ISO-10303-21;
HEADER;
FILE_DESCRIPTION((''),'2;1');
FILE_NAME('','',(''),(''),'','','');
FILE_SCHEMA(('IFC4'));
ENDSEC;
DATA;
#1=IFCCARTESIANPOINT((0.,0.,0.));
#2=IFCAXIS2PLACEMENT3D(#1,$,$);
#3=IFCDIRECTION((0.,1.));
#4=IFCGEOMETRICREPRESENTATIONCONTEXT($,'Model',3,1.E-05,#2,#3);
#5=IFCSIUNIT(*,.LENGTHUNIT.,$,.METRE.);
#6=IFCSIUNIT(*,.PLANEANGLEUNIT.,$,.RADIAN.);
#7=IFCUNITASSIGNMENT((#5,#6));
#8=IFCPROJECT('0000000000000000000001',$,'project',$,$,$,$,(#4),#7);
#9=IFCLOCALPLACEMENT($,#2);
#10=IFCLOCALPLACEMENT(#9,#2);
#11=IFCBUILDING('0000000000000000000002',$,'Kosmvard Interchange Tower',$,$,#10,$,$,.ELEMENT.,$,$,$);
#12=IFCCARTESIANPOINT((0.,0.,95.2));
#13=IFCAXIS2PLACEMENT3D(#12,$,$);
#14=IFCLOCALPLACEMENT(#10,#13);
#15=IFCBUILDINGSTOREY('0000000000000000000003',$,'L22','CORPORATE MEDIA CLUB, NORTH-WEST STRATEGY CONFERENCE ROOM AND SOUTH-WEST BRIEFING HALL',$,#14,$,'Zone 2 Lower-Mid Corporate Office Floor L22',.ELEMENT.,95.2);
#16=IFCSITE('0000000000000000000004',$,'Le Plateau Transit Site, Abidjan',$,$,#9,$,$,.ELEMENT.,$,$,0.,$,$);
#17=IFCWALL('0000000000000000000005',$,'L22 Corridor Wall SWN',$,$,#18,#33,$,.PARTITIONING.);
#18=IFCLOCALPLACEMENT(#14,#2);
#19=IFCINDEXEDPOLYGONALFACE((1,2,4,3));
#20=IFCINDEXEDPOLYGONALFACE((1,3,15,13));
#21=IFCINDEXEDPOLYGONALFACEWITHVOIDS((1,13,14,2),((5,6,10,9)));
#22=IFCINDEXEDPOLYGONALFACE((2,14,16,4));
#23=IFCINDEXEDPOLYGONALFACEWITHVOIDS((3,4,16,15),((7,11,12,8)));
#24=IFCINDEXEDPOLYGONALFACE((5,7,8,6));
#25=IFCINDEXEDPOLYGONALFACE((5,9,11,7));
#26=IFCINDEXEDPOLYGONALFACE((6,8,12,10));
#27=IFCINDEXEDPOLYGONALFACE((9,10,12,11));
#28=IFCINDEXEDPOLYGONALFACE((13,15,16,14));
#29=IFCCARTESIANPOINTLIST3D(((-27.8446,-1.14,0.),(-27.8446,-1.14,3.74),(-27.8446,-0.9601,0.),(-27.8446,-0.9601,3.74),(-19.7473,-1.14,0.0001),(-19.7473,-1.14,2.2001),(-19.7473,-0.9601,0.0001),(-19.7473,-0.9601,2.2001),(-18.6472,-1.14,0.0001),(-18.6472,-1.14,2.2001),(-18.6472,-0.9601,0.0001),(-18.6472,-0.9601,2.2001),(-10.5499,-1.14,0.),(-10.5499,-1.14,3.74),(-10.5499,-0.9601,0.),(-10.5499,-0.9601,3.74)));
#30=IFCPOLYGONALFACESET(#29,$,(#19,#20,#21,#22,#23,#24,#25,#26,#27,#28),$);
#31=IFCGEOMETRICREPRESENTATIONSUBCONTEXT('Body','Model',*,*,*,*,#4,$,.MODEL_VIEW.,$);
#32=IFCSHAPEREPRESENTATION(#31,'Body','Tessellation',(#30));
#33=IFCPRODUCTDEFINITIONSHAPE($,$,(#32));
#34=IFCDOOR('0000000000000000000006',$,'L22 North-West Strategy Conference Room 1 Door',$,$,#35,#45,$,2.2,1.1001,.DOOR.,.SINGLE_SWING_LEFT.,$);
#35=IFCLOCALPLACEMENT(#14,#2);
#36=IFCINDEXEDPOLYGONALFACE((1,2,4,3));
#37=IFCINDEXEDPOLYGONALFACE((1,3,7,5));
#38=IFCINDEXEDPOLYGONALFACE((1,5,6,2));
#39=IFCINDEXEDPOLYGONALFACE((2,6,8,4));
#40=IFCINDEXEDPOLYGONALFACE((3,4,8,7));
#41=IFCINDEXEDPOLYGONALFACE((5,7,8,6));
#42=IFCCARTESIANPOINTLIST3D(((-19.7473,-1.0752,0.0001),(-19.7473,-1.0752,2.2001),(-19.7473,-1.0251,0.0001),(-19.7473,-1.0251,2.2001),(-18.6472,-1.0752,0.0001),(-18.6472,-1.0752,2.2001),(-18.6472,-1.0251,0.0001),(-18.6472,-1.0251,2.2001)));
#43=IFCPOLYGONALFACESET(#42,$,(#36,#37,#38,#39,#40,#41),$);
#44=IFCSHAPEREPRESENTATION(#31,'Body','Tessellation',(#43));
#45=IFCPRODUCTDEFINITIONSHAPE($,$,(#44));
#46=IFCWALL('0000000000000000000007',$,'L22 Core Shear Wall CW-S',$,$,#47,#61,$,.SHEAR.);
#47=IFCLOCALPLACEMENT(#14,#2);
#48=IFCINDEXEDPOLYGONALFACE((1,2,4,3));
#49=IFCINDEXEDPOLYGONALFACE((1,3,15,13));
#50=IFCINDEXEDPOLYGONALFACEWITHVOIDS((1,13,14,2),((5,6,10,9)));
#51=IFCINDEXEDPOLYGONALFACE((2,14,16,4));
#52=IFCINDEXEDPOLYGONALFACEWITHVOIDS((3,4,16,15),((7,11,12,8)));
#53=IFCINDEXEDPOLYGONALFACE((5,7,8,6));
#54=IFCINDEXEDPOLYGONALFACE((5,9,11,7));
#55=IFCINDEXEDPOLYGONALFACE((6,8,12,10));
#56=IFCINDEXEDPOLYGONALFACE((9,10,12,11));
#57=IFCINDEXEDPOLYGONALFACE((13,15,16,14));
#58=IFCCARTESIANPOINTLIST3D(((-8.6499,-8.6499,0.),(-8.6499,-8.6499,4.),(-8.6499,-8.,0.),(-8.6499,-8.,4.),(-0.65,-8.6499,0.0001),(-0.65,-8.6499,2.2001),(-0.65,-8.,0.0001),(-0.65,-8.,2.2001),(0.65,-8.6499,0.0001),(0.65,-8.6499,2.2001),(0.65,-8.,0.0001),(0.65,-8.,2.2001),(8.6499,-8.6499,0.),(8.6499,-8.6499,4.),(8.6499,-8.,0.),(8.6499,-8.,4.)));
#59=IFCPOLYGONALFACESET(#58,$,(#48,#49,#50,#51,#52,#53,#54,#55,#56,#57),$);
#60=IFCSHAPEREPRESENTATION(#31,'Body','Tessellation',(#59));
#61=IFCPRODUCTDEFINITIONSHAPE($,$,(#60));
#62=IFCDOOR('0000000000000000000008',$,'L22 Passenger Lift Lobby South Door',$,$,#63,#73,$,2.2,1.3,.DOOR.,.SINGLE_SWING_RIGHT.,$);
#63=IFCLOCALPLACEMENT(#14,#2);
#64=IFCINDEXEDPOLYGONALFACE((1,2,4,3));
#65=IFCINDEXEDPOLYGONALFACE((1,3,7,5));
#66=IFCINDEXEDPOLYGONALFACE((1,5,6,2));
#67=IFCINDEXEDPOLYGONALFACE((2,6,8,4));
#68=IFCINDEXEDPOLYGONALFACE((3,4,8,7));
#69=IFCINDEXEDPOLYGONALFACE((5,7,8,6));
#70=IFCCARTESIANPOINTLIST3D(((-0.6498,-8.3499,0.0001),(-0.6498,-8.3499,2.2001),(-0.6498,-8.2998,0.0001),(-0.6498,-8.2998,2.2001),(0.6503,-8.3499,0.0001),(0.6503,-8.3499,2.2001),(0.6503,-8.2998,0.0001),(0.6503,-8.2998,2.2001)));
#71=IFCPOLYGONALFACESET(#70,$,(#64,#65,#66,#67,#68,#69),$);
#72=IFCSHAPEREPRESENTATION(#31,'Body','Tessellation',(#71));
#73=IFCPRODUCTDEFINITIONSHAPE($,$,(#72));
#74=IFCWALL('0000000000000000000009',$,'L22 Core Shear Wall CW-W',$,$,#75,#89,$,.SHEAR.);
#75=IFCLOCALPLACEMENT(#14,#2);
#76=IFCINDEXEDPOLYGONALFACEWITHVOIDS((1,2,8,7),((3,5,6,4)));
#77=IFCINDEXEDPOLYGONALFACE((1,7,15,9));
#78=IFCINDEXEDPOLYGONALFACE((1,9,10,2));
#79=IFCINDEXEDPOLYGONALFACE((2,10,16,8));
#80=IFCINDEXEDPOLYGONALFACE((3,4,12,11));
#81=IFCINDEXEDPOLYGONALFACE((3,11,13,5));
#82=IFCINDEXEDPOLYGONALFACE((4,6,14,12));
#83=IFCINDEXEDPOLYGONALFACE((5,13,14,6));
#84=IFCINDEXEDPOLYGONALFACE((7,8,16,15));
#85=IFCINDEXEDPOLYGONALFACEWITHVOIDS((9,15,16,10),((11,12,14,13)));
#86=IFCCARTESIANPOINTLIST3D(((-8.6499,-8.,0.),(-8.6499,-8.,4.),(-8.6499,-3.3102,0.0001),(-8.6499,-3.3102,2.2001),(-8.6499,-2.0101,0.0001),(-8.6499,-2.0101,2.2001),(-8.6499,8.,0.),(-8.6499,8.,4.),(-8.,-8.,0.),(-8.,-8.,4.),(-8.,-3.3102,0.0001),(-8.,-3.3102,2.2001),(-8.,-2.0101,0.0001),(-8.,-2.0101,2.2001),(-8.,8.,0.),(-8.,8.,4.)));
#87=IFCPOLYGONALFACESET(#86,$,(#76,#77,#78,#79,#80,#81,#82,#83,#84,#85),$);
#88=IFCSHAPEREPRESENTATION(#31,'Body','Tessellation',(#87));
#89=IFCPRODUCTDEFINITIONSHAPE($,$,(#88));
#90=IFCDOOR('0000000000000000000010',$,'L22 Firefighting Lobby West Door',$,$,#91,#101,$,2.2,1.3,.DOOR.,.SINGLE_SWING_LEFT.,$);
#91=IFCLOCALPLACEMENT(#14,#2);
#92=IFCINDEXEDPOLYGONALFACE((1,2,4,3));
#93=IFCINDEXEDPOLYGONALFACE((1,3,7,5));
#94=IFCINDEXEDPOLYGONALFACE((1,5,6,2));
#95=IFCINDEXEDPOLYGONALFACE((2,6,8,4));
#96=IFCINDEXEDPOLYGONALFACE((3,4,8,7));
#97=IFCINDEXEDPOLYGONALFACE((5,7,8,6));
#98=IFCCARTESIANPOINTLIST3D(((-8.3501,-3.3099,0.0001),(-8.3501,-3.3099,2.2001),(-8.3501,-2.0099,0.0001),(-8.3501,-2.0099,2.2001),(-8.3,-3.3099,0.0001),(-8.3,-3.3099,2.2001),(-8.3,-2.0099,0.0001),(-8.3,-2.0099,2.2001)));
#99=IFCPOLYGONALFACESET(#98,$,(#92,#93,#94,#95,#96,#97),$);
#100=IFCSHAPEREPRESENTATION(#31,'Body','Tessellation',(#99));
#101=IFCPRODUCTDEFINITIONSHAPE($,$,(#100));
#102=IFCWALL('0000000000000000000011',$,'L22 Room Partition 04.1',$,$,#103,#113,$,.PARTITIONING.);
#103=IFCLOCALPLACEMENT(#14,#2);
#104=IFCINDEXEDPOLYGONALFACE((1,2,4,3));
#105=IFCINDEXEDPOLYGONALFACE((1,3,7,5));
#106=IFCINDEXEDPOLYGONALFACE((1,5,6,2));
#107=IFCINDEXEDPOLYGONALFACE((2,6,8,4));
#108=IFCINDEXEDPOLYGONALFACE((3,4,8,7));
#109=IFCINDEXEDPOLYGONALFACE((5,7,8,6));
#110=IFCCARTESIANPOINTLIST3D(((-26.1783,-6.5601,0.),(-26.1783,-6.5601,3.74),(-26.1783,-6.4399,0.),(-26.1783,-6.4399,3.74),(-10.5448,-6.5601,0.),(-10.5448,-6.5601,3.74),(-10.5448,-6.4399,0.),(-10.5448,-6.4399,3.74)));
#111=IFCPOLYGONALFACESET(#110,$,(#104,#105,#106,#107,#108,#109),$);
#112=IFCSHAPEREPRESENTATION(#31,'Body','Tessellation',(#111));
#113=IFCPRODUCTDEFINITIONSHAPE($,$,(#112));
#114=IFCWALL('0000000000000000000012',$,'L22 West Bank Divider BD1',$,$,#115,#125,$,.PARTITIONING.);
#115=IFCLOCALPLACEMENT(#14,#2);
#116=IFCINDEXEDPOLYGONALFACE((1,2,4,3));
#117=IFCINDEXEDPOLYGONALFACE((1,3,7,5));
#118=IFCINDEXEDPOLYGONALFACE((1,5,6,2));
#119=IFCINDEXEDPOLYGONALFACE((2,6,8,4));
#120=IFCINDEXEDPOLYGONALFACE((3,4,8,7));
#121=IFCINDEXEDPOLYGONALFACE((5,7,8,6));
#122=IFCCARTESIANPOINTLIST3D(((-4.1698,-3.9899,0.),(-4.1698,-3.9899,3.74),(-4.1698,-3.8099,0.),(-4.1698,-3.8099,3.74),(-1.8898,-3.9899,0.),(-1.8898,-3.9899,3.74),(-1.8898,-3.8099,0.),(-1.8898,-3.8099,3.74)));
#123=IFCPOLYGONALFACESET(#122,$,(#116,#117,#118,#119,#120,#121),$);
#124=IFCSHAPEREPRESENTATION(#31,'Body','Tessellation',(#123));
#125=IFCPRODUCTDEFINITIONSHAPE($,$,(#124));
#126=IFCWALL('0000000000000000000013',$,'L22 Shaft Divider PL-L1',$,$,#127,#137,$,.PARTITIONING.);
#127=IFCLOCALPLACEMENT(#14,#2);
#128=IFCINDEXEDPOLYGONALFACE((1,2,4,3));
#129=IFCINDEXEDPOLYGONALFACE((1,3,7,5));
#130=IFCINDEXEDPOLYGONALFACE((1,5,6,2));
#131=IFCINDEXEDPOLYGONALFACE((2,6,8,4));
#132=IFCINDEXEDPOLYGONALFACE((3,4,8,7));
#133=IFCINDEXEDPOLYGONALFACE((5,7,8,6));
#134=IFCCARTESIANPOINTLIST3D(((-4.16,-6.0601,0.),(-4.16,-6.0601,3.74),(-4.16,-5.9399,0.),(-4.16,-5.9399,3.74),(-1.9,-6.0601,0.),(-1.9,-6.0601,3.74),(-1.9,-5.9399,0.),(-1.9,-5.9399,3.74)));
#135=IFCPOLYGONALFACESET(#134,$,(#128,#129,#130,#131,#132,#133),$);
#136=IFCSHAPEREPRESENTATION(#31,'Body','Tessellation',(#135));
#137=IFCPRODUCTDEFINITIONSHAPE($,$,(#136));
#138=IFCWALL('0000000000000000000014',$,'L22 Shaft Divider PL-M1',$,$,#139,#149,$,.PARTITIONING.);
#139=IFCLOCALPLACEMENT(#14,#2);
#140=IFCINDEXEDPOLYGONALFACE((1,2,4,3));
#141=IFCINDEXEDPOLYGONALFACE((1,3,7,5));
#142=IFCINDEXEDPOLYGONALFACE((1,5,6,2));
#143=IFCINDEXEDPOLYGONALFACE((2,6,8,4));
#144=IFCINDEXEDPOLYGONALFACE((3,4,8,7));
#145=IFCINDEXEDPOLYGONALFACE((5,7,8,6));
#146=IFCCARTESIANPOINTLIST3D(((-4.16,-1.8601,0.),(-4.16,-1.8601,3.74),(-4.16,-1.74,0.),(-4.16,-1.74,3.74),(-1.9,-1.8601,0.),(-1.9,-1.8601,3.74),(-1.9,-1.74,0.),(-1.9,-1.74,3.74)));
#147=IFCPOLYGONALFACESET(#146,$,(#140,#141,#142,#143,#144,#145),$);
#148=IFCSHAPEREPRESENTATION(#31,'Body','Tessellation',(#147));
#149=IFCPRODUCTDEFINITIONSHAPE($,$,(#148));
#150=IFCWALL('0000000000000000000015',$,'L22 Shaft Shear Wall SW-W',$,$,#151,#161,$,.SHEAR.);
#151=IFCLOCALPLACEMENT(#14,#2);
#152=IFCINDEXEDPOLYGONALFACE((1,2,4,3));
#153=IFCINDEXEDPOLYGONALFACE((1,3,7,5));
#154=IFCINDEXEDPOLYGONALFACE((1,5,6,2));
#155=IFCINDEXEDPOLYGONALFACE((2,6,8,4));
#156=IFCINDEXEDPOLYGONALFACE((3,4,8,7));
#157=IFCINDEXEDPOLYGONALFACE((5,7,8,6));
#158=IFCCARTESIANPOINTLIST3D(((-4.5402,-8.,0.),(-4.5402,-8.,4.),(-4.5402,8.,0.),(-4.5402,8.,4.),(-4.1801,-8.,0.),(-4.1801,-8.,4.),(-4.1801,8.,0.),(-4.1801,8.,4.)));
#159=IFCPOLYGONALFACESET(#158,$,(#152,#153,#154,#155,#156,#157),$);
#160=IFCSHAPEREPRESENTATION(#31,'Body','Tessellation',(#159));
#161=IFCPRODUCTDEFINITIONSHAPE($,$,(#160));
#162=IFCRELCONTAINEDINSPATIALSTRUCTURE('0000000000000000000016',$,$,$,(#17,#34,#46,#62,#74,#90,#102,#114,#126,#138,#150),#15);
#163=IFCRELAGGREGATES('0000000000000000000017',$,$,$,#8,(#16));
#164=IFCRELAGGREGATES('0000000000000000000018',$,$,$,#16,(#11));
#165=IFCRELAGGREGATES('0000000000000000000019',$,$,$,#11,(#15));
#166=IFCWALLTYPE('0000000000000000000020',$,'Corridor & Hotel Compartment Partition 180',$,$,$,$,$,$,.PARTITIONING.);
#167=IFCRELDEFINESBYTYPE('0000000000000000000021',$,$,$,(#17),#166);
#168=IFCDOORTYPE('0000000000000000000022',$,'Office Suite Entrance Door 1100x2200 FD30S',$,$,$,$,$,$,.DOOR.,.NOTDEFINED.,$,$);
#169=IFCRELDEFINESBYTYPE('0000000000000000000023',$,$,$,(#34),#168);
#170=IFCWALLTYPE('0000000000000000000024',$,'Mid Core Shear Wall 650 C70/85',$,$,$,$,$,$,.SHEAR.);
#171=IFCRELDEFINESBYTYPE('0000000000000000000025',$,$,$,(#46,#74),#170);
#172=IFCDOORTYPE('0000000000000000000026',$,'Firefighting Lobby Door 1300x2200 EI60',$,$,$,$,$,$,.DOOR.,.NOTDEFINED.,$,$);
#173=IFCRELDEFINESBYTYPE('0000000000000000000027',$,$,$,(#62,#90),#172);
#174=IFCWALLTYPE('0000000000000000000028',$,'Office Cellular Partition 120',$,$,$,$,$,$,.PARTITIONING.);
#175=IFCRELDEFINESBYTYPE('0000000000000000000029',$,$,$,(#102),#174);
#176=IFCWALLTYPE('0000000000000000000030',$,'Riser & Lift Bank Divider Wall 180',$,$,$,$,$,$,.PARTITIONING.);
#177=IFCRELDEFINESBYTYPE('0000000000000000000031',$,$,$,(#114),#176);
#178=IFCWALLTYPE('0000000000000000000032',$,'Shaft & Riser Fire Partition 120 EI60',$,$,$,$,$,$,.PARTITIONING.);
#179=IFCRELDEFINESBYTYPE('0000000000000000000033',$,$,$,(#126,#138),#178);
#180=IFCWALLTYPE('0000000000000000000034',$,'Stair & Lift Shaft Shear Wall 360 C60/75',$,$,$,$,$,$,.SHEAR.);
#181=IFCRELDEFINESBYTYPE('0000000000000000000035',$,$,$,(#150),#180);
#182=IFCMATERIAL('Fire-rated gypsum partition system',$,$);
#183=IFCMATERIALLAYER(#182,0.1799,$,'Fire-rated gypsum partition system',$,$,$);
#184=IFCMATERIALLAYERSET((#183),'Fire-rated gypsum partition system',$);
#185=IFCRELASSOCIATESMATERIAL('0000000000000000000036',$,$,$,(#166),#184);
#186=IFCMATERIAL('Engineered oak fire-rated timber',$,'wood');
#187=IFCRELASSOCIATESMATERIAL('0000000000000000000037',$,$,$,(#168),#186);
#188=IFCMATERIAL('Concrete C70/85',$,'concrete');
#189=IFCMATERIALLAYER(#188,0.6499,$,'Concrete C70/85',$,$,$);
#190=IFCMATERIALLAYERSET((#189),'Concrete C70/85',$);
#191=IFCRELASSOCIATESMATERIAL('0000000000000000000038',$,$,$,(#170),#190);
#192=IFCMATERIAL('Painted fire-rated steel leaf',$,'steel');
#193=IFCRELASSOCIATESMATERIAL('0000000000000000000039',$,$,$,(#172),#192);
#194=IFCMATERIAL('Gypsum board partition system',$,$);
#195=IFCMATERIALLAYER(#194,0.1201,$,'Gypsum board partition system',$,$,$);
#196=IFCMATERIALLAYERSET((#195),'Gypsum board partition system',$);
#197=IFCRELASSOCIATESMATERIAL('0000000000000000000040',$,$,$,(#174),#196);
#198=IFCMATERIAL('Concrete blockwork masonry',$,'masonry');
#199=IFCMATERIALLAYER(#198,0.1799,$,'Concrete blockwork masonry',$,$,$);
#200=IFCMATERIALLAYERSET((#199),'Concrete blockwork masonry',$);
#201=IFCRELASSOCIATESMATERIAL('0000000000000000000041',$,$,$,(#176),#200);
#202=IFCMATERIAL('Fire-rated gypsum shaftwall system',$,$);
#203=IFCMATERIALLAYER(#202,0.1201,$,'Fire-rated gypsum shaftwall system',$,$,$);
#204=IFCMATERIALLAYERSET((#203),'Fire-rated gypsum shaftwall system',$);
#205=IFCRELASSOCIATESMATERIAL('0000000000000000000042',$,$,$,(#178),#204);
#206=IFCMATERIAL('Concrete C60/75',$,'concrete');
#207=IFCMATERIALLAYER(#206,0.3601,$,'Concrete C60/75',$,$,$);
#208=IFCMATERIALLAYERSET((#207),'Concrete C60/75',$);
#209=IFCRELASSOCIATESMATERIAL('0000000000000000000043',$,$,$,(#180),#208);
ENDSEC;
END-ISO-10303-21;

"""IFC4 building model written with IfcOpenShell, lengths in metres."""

from ifc_helpers import new_model, si_unit, direction, frame, frame_2d, origin, place, context, subcontext, project, spatial, rectangle, extrude, source, transform, mapped, material, layer, layer_set, type_object, element, fill, save


model = new_model("IFC4")

# Units and contexts
model_context = context("Model", 3, precision=1e-05, world=origin(), true_north=direction((0.0, 1.0)))
body_context = subcontext(model_context, "Body", "Model", "MODEL_VIEW")
ifc_project = project(units=[si_unit("LENGTHUNIT", "METRE"), si_unit("PLANEANGLEUNIT", "RADIAN")], contexts=[model_context])

# Site, building, storey
site_placement = place(None, origin())
site = spatial("IfcSite", under=ifc_project, at=site_placement, Name="Le Plateau Transit Site, Abidjan", CompositionType="ELEMENT", RefElevation=0.0)
building_placement = place(site_placement, origin())
building = spatial("IfcBuilding", under=site, at=building_placement, Name="Kosmvard Interchange Tower", CompositionType="ELEMENT")
storey_placement = place(building_placement, frame((0.0, 0.0, 95.2)))
storey = spatial("IfcBuildingStorey", under=building, at=storey_placement, Name="L22", Description="CORPORATE MEDIA CLUB, NORTH-WEST STRATEGY CONFERENCE ROOM AND SOUTH-WEST BRIEFING HALL", LongName="Zone 2 Lower-Mid Corporate Office Floor L22", CompositionType="ELEMENT", Elevation=95.2)

# Shared definitions
ifc_material_1 = material(Name="Concrete C60/75", Category="concrete")

# Shared definitions
ifc_material_2 = material(Name="Fire-rated gypsum partition system")
ifc_layer_1 = layer(ifc_material_2, 0.1799, Name="Fire-rated gypsum partition system")
ifc_layer_set_1 = layer_set([ifc_layer_1], Name="Fire-rated gypsum partition system")
wall_type_1 = type_object("IfcWallType", Name="Corridor & Hotel Compartment Partition 180", PredefinedType="PARTITIONING", material=ifc_layer_set_1)
shared_shape_1 = source(origin(), body_context, "Body", "SweptSolid", [
    extrude(rectangle(XDim=1.1001, YDim=2.2, at=frame_2d((0.55, 1.1001))), frame((0.0, 0.0249, 0.0), z_axis=(0.0, -1.0, 0.0), x_axis=(1.0, 0.0, 0.0)), (0.0, 0.0, 1.0), 0.05),
])

# Walls, openings, doors
ifc_material_3 = material(Name="Engineered oak fire-rated timber", Category="wood")
door_type_1 = type_object("IfcDoorType", Name="Office Suite Entrance Door 1100x2200 FD30S", OperationType="NOTDEFINED", PredefinedType="DOOR", material=ifc_material_3)
wall_1_placement = place(storey_placement, frame((-27.8447, -1.05, 0.0), z_axis=(0.0, 0.0, 1.0), x_axis=(1.0, 0.0, 0.0)))
wall_1 = element("IfcWall", 1, at=wall_1_placement, inside=storey, type_object=wall_type_1, Name="L22 Corridor Wall SWN", PredefinedType="PARTITIONING", context=body_context, shape_type="SweptSolid", body=[
    extrude(rectangle(XDim=17.2947, YDim=0.1799, at=frame_2d((8.6475, 0.0))), origin(), (0.0, 0.0, 1.0), 3.74),
])
opening_1_placement = place(wall_1_placement, frame((8.0974, 0.0, 0.0)))
opening_1 = element("IfcOpeningElement", 2, at=opening_1_placement, cuts=wall_1, PredefinedType="OPENING", context=body_context, shape_type="SweptSolid", body=[
    extrude(rectangle(XDim=1.1001, YDim=2.2, at=frame_2d((0.55, 1.1001))), frame((0.0, 0.1001, 0.0), z_axis=(0.0, -1.0, 0.0), x_axis=(1.0, 0.0, 0.0)), (0.0, 0.0, 1.0), 0.2),
])
door_1_placement = place(opening_1_placement, origin())
door_1 = element("IfcDoor", 3, at=door_1_placement, inside=storey, type_object=door_type_1, Name="L22 North-West Strategy Conference Room 1 Door", OperationType="SINGLE_SWING_LEFT", OverallHeight=2.2, OverallWidth=1.1001, PredefinedType="DOOR", context=body_context, shape_type="MappedRepresentation", body=[
    mapped(shared_shape_1, transform((0.0, 0.0, 0.0), scale=1.0)),
])
fill(opening_1, door_1)
ifc_material_4 = material(Name="Concrete C70/85", Category="concrete")
ifc_layer_2 = layer(ifc_material_4, 0.6499, Name="Concrete C70/85")
ifc_layer_set_2 = layer_set([ifc_layer_2], Name="Concrete C70/85")
wall_type_2 = type_object("IfcWallType", Name="Mid Core Shear Wall 650 C70/85", PredefinedType="SHEAR", material=ifc_layer_set_2)
wall_2_placement = place(storey_placement, frame((-8.6499, -8.325, 0.0), z_axis=(0.0, 0.0, 1.0), x_axis=(1.0, 0.0, 0.0)))
wall_2 = element("IfcWall", 4, at=wall_2_placement, inside=storey, type_object=wall_type_2, Name="L22 Core Shear Wall CW-S", PredefinedType="SHEAR", context=body_context, shape_type="SweptSolid", body=[
    extrude(rectangle(XDim=17.2998, YDim=0.6499, at=frame_2d((8.6499, 0.0))), origin(), (0.0, 0.0, 1.0), 4.0),
])
opening_2_placement = place(wall_2_placement, frame((8.0, 0.0, 0.0)))
opening_2 = element("IfcOpeningElement", 5, at=opening_2_placement, cuts=wall_2, PredefinedType="OPENING", context=body_context, shape_type="SweptSolid", body=[
    extrude(rectangle(XDim=1.3, YDim=2.2, at=frame_2d((0.6499, 1.1001))), frame((0.0, 0.335, 0.0), z_axis=(0.0, -1.0, 0.0), x_axis=(1.0, 0.0, 0.0)), (0.0, 0.0, 1.0), 0.6699),
])
ifc_material_5 = material(Name="Painted fire-rated steel leaf", Category="steel")
door_type_2 = type_object("IfcDoorType", Name="Firefighting Lobby Door 1300x2200 EI60", OperationType="NOTDEFINED", PredefinedType="DOOR", material=ifc_material_5)
shared_shape_2 = source(origin(), body_context, "Body", "SweptSolid", [
    extrude(rectangle(XDim=1.3, YDim=2.2, at=frame_2d((0.6499, 1.1001))), frame((0.0, 0.0249, 0.0), z_axis=(0.0, -1.0, 0.0), x_axis=(1.0, 0.0, 0.0)), (0.0, 0.0, 1.0), 0.05),
])
door_2_placement = place(opening_2_placement, frame((1.3, 0.0, 0.0), z_axis=(0.0, 0.0, 1.0), x_axis=(-1.0, 0.0, 0.0)))
door_2 = element("IfcDoor", 6, at=door_2_placement, inside=storey, type_object=door_type_2, Name="L22 Passenger Lift Lobby South Door", OperationType="SINGLE_SWING_RIGHT", OverallHeight=2.2, OverallWidth=1.3, PredefinedType="DOOR", context=body_context, shape_type="MappedRepresentation", body=[
    mapped(shared_shape_2, transform((0.0, 0.0, 0.0), scale=1.0)),
])
fill(opening_2, door_2)
wall_3_placement = place(storey_placement, frame((-8.325, -8.0, 0.0), z_axis=(0.0, 0.0, 1.0), x_axis=(0.0, 1.0, 0.0)))
wall_3 = element("IfcWall", 7, at=wall_3_placement, inside=storey, type_object=wall_type_2, Name="L22 Core Shear Wall CW-W", PredefinedType="SHEAR", context=body_context, shape_type="SweptSolid", body=[
    extrude(rectangle(XDim=16.0, YDim=0.6499, at=frame_2d((8.0, 0.0))), origin(), (0.0, 0.0, 1.0), 4.0),
])
opening_3_placement = place(wall_3_placement, frame((4.6899, 0.0, 0.0)))
opening_3 = element("IfcOpeningElement", 8, at=opening_3_placement, cuts=wall_3, PredefinedType="OPENING", context=body_context, shape_type="SweptSolid", body=[
    extrude(rectangle(XDim=1.3, YDim=2.2, at=frame_2d((0.6499, 1.1001))), frame((0.0, 0.335, 0.0), z_axis=(0.0, -1.0, 0.0), x_axis=(1.0, 0.0, 0.0)), (0.0, 0.0, 1.0), 0.6699),
])
door_3_placement = place(opening_3_placement, frame((1.3, 0.0, 0.0), z_axis=(0.0, 0.0, 1.0), x_axis=(-1.0, 0.0, 0.0)))
door_3 = element("IfcDoor", 9, at=door_3_placement, inside=storey, type_object=door_type_2, Name="L22 Firefighting Lobby West Door", OperationType="SINGLE_SWING_LEFT", OverallHeight=2.2, OverallWidth=1.3, PredefinedType="DOOR", context=body_context, shape_type="MappedRepresentation", body=[
    mapped(shared_shape_2, transform((0.0, 0.0, 0.0), scale=1.0)),
])
fill(opening_3, door_3)

# Walls
ifc_material_6 = material(Name="Gypsum board partition system")
ifc_layer_3 = layer(ifc_material_6, 0.1201, Name="Gypsum board partition system")
ifc_layer_set_3 = layer_set([ifc_layer_3], Name="Gypsum board partition system")
wall_type_3 = type_object("IfcWallType", Name="Office Cellular Partition 120", PredefinedType="PARTITIONING", material=ifc_layer_set_3)
wall_4_placement = place(storey_placement, frame((-26.1785, -6.5, 0.0), z_axis=(0.0, 0.0, 1.0), x_axis=(1.0, 0.0, 0.0)))
element("IfcWall", 10, at=wall_4_placement, inside=storey, type_object=wall_type_3, Name="L22 Room Partition 04.1", PredefinedType="PARTITIONING", context=body_context, shape_type="SweptSolid", body=[
    extrude(rectangle(XDim=15.6335, YDim=0.1201, at=frame_2d((7.8169, 0.0))), origin(), (0.0, 0.0, 1.0), 3.74),
])
ifc_material_7 = material(Name="Concrete blockwork masonry", Category="masonry")
ifc_layer_4 = layer(ifc_material_7, 0.1799, Name="Concrete blockwork masonry")
ifc_layer_set_4 = layer_set([ifc_layer_4], Name="Concrete blockwork masonry")
wall_type_4 = type_object("IfcWallType", Name="Riser & Lift Bank Divider Wall 180", PredefinedType="PARTITIONING", material=ifc_layer_set_4)
wall_5_placement = place(storey_placement, frame((-4.1699, -3.8999, 0.0), z_axis=(0.0, 0.0, 1.0), x_axis=(1.0, 0.0, 0.0)))
element("IfcWall", 11, at=wall_5_placement, inside=storey, type_object=wall_type_4, Name="L22 West Bank Divider BD1", PredefinedType="PARTITIONING", context=body_context, shape_type="SweptSolid", body=[
    extrude(rectangle(XDim=2.28, YDim=0.1799, at=frame_2d((1.1401, 0.0))), origin(), (0.0, 0.0, 1.0), 3.74),
])
ifc_material_8 = material(Name="Fire-rated gypsum shaftwall system")
ifc_layer_5 = layer(ifc_material_8, 0.1201, Name="Fire-rated gypsum shaftwall system")
ifc_layer_set_5 = layer_set([ifc_layer_5], Name="Fire-rated gypsum shaftwall system")
wall_type_5 = type_object("IfcWallType", Name="Shaft & Riser Fire Partition 120 EI60", PredefinedType="PARTITIONING", material=ifc_layer_set_5)
for number, where, z_axis, x_axis, name in (
    (12, (-4.1599, -6.0, 0.0), (0.0, 0.0, 1.0), (1.0, 0.0, 0.0), "L22 Shaft Divider PL-L1"),
    (13, (-4.1599, -1.8, 0.0), (0.0, 0.0, 1.0), (1.0, 0.0, 0.0), "L22 Shaft Divider PL-M1"),
):
    element("IfcWall", number, at=place(storey_placement, frame(where, z_axis=z_axis, x_axis=x_axis)), inside=storey, type_object=wall_type_5, Name=name, PredefinedType="PARTITIONING", context=body_context, shape_type="SweptSolid", body=[
        extrude(rectangle(XDim=2.26, YDim=0.1201, at=frame_2d((1.1299, 0.0))), origin(), (0.0, 0.0, 1.0), 3.74),
    ])
ifc_layer_6 = layer(ifc_material_1, 0.3601, Name="Concrete C60/75")
ifc_layer_set_6 = layer_set([ifc_layer_6], Name="Concrete C60/75")
wall_type_6 = type_object("IfcWallType", Name="Stair & Lift Shaft Shear Wall 360 C60/75", PredefinedType="SHEAR", material=ifc_layer_set_6)
wall_6_placement = place(storey_placement, frame((-4.3601, -8.0, 0.0), z_axis=(0.0, 0.0, 1.0), x_axis=(0.0, 1.0, 0.0)))
element("IfcWall", 14, at=wall_6_placement, inside=storey, type_object=wall_type_6, Name="L22 Shaft Shear Wall SW-W", PredefinedType="SHEAR", context=body_context, shape_type="SweptSolid", body=[
    extrude(rectangle(XDim=16.0, YDim=0.3601, at=frame_2d((8.0, 0.0))), origin(), (0.0, 0.0, 1.0), 4.0),
])

save(model, "model.ifc")
